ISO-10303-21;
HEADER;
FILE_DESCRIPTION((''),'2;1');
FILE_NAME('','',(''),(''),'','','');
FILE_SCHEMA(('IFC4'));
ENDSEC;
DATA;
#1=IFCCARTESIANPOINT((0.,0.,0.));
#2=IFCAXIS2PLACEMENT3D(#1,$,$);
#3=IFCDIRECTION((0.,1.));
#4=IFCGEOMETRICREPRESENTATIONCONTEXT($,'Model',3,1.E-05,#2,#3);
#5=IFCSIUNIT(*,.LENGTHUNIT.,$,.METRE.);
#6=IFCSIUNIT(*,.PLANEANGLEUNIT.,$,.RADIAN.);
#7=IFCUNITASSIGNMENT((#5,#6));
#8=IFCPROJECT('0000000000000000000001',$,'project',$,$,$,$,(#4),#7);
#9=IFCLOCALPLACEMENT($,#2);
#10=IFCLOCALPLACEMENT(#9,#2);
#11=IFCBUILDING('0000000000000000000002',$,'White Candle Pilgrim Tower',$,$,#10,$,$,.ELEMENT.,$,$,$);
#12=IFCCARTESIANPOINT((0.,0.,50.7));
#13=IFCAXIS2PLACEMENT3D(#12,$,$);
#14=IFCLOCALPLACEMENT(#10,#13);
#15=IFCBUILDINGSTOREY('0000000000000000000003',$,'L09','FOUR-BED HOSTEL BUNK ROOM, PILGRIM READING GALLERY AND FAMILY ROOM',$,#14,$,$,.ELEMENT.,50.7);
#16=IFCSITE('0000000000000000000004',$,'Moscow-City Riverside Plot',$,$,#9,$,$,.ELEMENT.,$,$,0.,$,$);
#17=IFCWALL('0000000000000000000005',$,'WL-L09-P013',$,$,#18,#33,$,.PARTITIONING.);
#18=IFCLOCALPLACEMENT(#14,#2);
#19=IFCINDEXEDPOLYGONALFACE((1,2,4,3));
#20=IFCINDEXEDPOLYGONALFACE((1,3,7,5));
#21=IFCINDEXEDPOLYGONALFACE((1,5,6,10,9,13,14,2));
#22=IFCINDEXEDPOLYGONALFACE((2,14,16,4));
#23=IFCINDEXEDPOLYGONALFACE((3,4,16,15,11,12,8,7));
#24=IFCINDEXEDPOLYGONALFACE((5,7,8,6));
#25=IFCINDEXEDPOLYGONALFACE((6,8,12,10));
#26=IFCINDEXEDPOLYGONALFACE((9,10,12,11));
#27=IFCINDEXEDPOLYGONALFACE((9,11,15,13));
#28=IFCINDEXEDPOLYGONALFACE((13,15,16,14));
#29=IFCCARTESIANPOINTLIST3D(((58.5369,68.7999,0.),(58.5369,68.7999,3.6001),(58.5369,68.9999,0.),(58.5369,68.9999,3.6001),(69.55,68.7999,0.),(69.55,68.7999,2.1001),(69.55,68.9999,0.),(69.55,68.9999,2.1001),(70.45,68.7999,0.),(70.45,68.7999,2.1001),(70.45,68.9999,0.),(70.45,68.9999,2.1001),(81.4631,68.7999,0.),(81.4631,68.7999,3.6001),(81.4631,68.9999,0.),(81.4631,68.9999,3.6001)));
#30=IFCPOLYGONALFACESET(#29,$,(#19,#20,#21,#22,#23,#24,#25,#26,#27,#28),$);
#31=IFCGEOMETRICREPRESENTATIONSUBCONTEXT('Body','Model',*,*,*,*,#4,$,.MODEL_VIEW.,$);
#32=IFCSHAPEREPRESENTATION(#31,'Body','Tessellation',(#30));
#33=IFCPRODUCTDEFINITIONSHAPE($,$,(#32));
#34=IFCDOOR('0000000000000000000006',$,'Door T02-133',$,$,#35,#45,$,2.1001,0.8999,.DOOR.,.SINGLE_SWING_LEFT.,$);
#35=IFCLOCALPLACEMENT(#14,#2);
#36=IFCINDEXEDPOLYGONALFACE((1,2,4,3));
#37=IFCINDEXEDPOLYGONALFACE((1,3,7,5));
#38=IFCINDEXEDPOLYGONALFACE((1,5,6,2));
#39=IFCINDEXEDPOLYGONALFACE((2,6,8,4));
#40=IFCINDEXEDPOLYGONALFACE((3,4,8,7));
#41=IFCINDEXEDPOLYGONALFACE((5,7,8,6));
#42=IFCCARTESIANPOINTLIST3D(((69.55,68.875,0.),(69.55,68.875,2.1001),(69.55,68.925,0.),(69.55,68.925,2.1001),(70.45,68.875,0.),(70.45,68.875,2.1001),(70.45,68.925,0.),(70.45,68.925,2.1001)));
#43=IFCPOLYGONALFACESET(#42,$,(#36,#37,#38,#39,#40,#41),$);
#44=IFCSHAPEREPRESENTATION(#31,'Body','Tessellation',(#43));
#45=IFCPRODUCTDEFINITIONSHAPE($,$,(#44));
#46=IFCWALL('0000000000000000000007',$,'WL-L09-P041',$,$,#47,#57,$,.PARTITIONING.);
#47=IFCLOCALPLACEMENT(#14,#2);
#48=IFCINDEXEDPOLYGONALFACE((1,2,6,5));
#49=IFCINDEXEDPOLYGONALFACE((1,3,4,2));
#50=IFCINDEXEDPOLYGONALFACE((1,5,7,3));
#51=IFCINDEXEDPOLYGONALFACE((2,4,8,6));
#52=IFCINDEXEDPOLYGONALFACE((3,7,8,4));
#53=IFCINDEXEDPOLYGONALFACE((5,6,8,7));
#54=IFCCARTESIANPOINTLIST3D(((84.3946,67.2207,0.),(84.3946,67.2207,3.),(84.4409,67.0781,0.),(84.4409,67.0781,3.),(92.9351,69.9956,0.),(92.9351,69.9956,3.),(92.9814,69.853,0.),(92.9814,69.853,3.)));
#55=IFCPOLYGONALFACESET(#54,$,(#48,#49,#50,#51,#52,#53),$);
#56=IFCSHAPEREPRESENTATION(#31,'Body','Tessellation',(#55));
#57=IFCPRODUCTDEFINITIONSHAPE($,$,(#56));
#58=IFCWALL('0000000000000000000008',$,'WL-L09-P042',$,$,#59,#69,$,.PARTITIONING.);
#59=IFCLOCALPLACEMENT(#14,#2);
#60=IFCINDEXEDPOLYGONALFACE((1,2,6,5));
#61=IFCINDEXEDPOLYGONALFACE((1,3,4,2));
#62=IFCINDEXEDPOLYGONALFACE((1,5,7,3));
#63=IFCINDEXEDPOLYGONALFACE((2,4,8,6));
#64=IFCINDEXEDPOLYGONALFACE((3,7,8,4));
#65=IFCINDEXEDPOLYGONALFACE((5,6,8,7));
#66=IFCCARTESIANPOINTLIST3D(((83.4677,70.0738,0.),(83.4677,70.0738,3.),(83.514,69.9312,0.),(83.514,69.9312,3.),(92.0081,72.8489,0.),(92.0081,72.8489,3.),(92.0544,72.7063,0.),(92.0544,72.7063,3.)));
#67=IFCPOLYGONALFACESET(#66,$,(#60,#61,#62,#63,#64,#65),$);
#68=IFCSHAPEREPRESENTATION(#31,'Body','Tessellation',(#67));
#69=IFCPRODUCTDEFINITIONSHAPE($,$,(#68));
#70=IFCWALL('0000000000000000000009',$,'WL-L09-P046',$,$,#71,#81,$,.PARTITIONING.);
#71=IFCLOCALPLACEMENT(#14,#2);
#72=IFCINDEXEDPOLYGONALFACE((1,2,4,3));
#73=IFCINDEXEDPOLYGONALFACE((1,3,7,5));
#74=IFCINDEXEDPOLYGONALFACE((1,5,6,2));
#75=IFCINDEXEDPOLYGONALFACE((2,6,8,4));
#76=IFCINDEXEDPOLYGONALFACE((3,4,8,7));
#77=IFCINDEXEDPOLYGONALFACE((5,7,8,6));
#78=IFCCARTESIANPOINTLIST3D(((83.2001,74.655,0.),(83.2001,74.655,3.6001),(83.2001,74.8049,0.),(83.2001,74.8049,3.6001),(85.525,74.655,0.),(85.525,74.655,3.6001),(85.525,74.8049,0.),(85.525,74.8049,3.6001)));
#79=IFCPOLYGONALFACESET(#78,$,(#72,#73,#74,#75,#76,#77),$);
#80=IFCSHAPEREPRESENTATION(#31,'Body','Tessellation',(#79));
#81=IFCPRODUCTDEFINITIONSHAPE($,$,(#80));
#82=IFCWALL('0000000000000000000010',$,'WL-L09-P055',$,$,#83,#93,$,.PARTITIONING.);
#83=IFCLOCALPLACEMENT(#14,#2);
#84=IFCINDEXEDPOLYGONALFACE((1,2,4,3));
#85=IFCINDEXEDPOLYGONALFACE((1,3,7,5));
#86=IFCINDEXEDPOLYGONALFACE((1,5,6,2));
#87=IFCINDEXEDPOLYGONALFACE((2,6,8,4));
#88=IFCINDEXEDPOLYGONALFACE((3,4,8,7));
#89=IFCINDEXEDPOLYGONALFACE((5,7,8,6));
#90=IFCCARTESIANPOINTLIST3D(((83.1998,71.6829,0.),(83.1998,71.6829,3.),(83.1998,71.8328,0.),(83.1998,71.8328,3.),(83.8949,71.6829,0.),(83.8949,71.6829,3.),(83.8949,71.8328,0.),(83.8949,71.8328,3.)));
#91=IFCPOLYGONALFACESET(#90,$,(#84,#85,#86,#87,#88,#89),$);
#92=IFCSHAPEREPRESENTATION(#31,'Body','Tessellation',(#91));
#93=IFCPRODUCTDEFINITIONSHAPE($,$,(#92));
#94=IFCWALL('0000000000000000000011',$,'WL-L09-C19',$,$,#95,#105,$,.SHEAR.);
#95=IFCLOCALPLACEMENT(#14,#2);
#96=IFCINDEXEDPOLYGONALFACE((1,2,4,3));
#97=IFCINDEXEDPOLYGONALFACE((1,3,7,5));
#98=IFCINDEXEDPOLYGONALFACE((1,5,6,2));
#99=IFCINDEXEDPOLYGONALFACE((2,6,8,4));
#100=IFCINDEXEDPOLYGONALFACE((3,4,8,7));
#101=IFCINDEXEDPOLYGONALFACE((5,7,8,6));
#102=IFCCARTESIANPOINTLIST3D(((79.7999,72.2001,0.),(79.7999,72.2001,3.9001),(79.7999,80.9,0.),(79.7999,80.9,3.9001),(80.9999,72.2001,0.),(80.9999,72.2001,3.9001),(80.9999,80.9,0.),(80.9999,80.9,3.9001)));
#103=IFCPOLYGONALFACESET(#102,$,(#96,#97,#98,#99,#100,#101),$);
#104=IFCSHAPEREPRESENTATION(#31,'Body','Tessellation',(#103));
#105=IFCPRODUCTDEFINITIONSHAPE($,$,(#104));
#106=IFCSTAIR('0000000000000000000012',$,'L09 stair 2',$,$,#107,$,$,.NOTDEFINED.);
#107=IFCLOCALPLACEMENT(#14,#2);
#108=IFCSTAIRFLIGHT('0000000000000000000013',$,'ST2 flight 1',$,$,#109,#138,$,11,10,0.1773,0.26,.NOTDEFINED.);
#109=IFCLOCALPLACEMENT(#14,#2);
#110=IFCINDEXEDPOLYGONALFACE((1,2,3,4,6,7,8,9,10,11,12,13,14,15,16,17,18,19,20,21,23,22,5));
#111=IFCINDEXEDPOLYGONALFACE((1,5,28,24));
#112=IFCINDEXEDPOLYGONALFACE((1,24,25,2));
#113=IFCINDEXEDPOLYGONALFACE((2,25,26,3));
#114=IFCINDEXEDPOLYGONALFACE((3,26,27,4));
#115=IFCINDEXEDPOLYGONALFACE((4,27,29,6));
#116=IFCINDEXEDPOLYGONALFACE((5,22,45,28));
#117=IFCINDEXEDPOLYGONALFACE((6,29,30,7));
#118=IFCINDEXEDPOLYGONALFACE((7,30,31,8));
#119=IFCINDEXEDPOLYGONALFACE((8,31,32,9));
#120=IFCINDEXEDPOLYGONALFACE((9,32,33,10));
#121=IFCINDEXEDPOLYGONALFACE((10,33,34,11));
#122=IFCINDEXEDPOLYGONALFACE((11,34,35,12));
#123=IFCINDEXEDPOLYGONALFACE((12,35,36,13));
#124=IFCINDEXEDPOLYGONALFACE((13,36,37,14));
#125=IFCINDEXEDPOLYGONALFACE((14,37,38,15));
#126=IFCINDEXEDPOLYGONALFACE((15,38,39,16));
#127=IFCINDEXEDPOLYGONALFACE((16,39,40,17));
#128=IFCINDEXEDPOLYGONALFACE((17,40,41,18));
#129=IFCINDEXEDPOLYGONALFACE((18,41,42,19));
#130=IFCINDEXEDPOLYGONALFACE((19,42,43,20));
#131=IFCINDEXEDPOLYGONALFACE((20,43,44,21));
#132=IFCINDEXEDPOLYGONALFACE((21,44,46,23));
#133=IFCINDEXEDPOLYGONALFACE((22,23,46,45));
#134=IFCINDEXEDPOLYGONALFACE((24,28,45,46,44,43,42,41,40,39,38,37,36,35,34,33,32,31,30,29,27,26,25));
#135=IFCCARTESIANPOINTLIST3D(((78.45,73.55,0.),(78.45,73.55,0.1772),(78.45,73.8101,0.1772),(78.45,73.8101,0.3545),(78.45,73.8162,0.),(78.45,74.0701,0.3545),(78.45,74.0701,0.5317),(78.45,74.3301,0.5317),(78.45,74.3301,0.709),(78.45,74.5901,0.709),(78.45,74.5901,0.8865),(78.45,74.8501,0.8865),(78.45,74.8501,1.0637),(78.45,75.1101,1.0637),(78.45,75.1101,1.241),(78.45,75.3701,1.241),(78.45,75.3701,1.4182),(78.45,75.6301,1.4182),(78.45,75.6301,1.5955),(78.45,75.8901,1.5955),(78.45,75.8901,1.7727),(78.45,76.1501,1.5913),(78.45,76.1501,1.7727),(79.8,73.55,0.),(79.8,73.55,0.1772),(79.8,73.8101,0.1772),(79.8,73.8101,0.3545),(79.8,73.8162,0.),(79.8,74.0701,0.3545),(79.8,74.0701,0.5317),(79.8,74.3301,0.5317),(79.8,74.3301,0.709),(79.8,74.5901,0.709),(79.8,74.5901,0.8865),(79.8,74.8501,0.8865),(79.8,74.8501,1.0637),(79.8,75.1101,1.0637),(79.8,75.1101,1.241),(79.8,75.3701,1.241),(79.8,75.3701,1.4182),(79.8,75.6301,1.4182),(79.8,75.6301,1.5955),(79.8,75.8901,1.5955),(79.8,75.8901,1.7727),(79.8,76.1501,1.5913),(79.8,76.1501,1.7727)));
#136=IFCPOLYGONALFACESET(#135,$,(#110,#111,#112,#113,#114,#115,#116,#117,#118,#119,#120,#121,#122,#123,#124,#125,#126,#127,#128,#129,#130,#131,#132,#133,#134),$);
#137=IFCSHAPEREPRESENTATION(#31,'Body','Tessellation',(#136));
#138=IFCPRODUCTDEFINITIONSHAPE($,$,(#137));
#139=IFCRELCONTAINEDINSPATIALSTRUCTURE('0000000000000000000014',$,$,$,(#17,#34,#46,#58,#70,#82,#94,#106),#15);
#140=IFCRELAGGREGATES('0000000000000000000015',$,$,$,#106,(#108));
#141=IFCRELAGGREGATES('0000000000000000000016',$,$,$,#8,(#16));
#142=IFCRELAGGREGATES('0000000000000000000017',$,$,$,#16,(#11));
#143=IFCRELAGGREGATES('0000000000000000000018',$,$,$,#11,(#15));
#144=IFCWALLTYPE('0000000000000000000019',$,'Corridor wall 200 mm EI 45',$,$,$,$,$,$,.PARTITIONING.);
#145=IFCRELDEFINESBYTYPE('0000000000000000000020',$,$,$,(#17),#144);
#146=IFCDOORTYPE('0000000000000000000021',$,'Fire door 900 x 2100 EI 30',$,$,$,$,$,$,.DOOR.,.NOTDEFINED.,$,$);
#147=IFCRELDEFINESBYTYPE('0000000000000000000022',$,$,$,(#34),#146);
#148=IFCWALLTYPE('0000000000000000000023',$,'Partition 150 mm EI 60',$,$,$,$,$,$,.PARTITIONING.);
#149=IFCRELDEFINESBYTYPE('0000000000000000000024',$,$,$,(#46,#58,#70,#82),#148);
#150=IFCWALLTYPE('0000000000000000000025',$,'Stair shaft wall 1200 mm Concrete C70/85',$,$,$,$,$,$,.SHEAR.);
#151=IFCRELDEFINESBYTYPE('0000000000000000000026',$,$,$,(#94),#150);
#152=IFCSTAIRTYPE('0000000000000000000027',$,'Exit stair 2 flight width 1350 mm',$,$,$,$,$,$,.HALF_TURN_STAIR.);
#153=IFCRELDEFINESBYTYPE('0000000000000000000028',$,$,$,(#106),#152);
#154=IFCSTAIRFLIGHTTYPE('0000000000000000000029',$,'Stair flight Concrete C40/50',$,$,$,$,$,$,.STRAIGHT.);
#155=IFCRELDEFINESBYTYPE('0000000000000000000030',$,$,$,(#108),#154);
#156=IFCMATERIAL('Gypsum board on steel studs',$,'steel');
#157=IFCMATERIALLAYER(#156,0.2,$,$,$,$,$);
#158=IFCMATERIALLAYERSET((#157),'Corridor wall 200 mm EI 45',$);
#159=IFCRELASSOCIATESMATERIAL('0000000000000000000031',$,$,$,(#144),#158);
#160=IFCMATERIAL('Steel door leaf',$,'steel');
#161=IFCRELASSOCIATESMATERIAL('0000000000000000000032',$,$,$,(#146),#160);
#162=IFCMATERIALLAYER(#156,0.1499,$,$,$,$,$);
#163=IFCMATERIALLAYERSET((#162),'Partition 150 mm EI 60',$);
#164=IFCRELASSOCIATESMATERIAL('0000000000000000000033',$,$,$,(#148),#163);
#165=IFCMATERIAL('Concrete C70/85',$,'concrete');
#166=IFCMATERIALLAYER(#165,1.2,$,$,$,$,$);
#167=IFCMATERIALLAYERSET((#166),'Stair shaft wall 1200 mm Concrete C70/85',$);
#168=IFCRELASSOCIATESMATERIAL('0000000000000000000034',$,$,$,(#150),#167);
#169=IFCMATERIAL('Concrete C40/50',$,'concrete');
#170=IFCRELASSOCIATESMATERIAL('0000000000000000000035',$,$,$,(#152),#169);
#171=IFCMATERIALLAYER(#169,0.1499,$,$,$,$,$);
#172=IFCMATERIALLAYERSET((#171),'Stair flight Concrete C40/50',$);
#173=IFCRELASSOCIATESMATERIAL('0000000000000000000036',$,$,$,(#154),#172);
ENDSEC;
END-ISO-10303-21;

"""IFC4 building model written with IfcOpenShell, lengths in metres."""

from ifc_helpers import new_model, si_unit, direction, frame, frame_2d, origin, place, context, subcontext, project, spatial, polyline, rectangle, outline, extrude, material, layer, layer_set, type_object, element, fill, aggregate, save


model = new_model("IFC4")

# Units and contexts
model_context = context("Model", 3, precision=1e-05, world=origin(), true_north=direction((0.0, 1.0)))
body_context = subcontext(model_context, "Body", "Model", "MODEL_VIEW")
ifc_project = project(units=[si_unit("LENGTHUNIT", "METRE"), si_unit("PLANEANGLEUNIT", "RADIAN")], contexts=[model_context])

# Site, building, storey
site_placement = place(None, origin())
site = spatial("IfcSite", under=ifc_project, at=site_placement, Name="Moscow-City Riverside Plot", CompositionType="ELEMENT", RefElevation=0.0)
building_placement = place(site_placement, origin())
building = spatial("IfcBuilding", under=site, at=building_placement, Name="White Candle Pilgrim Tower", CompositionType="ELEMENT")
storey_placement = place(building_placement, frame((0.0, 0.0, 50.7)))
storey = spatial("IfcBuildingStorey", under=building, at=storey_placement, Name="L09", Description="FOUR-BED HOSTEL BUNK ROOM, PILGRIM READING GALLERY AND FAMILY ROOM", CompositionType="ELEMENT", Elevation=50.7)

# Shared definitions
ifc_material_1 = material(Name="Gypsum board on steel studs", Category="steel")
ifc_layer_1 = layer(ifc_material_1, 0.2)
ifc_layer_set_1 = layer_set([ifc_layer_1], Name="Corridor wall 200 mm EI 45")
wall_type_1 = type_object("IfcWallType", Name="Corridor wall 200 mm EI 45", PredefinedType="PARTITIONING", material=ifc_layer_set_1)
ifc_material_2 = material(Name="Steel door leaf", Category="steel")
door_type = type_object("IfcDoorType", Name="Fire door 900 x 2100 EI 30", OperationType="NOTDEFINED", PredefinedType="DOOR", material=ifc_material_2)

# Wall, opening, door
wall_1_placement = place(storey_placement, frame((81.4631, 68.8999, 0.0), z_axis=(0.0, 0.0, 1.0), x_axis=(-1.0, 0.0, 0.0)))
wall_1 = element("IfcWall", 1, at=wall_1_placement, inside=storey, type_object=wall_type_1, Name="WL-L09-P013", PredefinedType="PARTITIONING", context=body_context, shape_type="SweptSolid", body=[
    extrude(rectangle(XDim=22.9263, YDim=0.2, at=frame_2d((11.4631, 0.0))), origin(), (0.0, 0.0, 1.0), 3.6001),
])
opening_1_placement = place(wall_1_placement, frame((11.0132, 0.0, 0.0)))
opening_1 = element("IfcOpeningElement", 2, at=opening_1_placement, cuts=wall_1, PredefinedType="OPENING", context=body_context, shape_type="SweptSolid", body=[
    extrude(rectangle(XDim=0.8999, YDim=2.1001, at=frame_2d((0.45, 1.05))), frame((0.0, 0.1099, 0.0), z_axis=(0.0, -1.0, 0.0), x_axis=(1.0, 0.0, 0.0)), (0.0, 0.0, 1.0), 0.22),
])
door_1_placement = place(opening_1_placement, origin())
door_1 = element("IfcDoor", 3, at=door_1_placement, inside=storey, type_object=door_type, Name="Door T02-133", OperationType="SINGLE_SWING_LEFT", OverallHeight=2.1001, OverallWidth=0.8999, PredefinedType="DOOR", context=body_context, shape_type="SweptSolid", body=[
    extrude(rectangle(XDim=0.8999, YDim=2.1001, at=frame_2d((0.45, 1.05))), frame((0.0, 0.0249, 0.0), z_axis=(0.0, -1.0, 0.0), x_axis=(1.0, 0.0, 0.0)), (0.0, 0.0, 1.0), 0.05),
])
fill(opening_1, door_1)

# Walls
ifc_layer_2 = layer(ifc_material_1, 0.1499)
ifc_layer_set_2 = layer_set([ifc_layer_2], Name="Partition 150 mm EI 60")
wall_type_2 = type_object("IfcWallType", Name="Partition 150 mm EI 60", PredefinedType="PARTITIONING", material=ifc_layer_set_2)
for number, where, z_axis, x_axis, name in (
    (4, (92.9583, 69.9243, 0.0), (0.0, 0.0, 1.0), (-0.951059, -0.309009, 0.0), "WL-L09-P041"),
    (5, (92.0312, 72.7776, 0.0), (0.0, 0.0, 1.0), (-0.951051, -0.309033, 0.0), "WL-L09-P042"),
):
    element("IfcWall", number, at=place(storey_placement, frame(where, z_axis=z_axis, x_axis=x_axis)), inside=storey, type_object=wall_type_2, Name=name, PredefinedType="PARTITIONING", context=body_context, shape_type="SweptSolid", body=[
        extrude(rectangle(XDim=8.98, YDim=0.1499, at=frame_2d((4.49, 0.0))), origin(), (0.0, 0.0, 1.0), 3.0),
    ])
wall_2_placement = place(storey_placement, frame((83.2, 74.73, 0.0), z_axis=(0.0, 0.0, 1.0), x_axis=(1.0, 0.0, 0.0)))
element("IfcWall", 6, at=wall_2_placement, inside=storey, type_object=wall_type_2, Name="WL-L09-P046", PredefinedType="PARTITIONING", context=body_context, shape_type="SweptSolid", body=[
    extrude(rectangle(XDim=2.325, YDim=0.1499, at=frame_2d((1.1626, 0.0))), origin(), (0.0, 0.0, 1.0), 3.6001),
])
wall_3_placement = place(storey_placement, frame((83.895, 71.7578, 0.0), z_axis=(0.0, 0.0, 1.0), x_axis=(-1.0, 0.0, 0.0)))
element("IfcWall", 7, at=wall_3_placement, inside=storey, type_object=wall_type_2, Name="WL-L09-P055", PredefinedType="PARTITIONING", context=body_context, shape_type="SweptSolid", body=[
    extrude(rectangle(XDim=0.6951, YDim=0.1499, at=frame_2d((0.3477, 0.0))), origin(), (0.0, 0.0, 1.0), 3.0),
])
ifc_material_3 = material(Name="Concrete C70/85", Category="concrete")
ifc_layer_3 = layer(ifc_material_3, 1.2)
ifc_layer_set_3 = layer_set([ifc_layer_3], Name="Stair shaft wall 1200 mm Concrete C70/85")
wall_type_3 = type_object("IfcWallType", Name="Stair shaft wall 1200 mm Concrete C70/85", PredefinedType="SHEAR", material=ifc_layer_set_3)
wall_4_placement = place(storey_placement, frame((80.3999, 72.2, 0.0), z_axis=(0.0, 0.0, 1.0), x_axis=(0.0, 1.0, 0.0)))
element("IfcWall", 8, at=wall_4_placement, inside=storey, type_object=wall_type_3, Name="WL-L09-C19", PredefinedType="SHEAR", context=body_context, shape_type="SweptSolid", body=[
    extrude(rectangle(XDim=8.7, YDim=1.2, at=frame_2d((4.3501, 0.0))), origin(), (0.0, 0.0, 1.0), 3.9001),
])

# Stair, stair flight
ifc_material_4 = material(Name="Concrete C40/50", Category="concrete")
stair_type = type_object("IfcStairType", Name="Exit stair 2 flight width 1350 mm", PredefinedType="HALF_TURN_STAIR", material=ifc_material_4)
stair_placement = place(storey_placement, origin())
stair = element("IfcStair", 9, at=stair_placement, inside=storey, type_object=stair_type, Name="L09 stair 2", PredefinedType="NOTDEFINED")
ifc_layer_4 = layer(ifc_material_4, 0.1499)
ifc_layer_set_4 = layer_set([ifc_layer_4], Name="Stair flight Concrete C40/50")
stair_flight_type = type_object("IfcStairFlightType", Name="Stair flight Concrete C40/50", PredefinedType="STRAIGHT", material=ifc_layer_set_4)
stair_flight_placement = place(storey_placement, frame((79.125, 73.55, 0.0), z_axis=(0.0, 0.0, 1.0), x_axis=(0.0, 1.0, 0.0)))
stair_flight = element("IfcStairFlight", 10, at=stair_flight_placement, type_object=stair_flight_type, Name="ST2 flight 1", NumberOfRisers=11, NumberOfTreads=10, PredefinedType="NOTDEFINED", RiserHeight=0.1773, TreadLength=0.26, context=body_context, shape_type="SweptSolid", body=[
    extrude(outline(polyline([(0.0, 0.0), (0.0, 0.1772), (0.26, 0.1772), (0.26, 0.3545), (0.52, 0.3545), (0.52, 0.5317), (0.78, 0.5317), (0.78, 0.709), (1.04, 0.709), (1.04, 0.8865), (1.3, 0.8865), (1.3, 1.0637), (1.5601, 1.0637), (1.5601, 1.241), (1.8201, 1.241), (1.8201, 1.4182), (2.0801, 1.4182), (2.0801, 1.5955), (2.3401, 1.5955), (2.3401, 1.7727), (2.6001, 1.7727), (2.6001, 1.95), (2.6001, 1.5913), (0.2661, 0.0), (0.0, 0.0)])), frame((0.0, 0.675, 0.0), z_axis=(0.0, -1.0, 0.0), x_axis=(1.0, 0.0, 0.0)), (0.0, 0.0, 1.0), 1.3501),
])
aggregate(stair, [stair_flight])

save(model, "model.ifc")
